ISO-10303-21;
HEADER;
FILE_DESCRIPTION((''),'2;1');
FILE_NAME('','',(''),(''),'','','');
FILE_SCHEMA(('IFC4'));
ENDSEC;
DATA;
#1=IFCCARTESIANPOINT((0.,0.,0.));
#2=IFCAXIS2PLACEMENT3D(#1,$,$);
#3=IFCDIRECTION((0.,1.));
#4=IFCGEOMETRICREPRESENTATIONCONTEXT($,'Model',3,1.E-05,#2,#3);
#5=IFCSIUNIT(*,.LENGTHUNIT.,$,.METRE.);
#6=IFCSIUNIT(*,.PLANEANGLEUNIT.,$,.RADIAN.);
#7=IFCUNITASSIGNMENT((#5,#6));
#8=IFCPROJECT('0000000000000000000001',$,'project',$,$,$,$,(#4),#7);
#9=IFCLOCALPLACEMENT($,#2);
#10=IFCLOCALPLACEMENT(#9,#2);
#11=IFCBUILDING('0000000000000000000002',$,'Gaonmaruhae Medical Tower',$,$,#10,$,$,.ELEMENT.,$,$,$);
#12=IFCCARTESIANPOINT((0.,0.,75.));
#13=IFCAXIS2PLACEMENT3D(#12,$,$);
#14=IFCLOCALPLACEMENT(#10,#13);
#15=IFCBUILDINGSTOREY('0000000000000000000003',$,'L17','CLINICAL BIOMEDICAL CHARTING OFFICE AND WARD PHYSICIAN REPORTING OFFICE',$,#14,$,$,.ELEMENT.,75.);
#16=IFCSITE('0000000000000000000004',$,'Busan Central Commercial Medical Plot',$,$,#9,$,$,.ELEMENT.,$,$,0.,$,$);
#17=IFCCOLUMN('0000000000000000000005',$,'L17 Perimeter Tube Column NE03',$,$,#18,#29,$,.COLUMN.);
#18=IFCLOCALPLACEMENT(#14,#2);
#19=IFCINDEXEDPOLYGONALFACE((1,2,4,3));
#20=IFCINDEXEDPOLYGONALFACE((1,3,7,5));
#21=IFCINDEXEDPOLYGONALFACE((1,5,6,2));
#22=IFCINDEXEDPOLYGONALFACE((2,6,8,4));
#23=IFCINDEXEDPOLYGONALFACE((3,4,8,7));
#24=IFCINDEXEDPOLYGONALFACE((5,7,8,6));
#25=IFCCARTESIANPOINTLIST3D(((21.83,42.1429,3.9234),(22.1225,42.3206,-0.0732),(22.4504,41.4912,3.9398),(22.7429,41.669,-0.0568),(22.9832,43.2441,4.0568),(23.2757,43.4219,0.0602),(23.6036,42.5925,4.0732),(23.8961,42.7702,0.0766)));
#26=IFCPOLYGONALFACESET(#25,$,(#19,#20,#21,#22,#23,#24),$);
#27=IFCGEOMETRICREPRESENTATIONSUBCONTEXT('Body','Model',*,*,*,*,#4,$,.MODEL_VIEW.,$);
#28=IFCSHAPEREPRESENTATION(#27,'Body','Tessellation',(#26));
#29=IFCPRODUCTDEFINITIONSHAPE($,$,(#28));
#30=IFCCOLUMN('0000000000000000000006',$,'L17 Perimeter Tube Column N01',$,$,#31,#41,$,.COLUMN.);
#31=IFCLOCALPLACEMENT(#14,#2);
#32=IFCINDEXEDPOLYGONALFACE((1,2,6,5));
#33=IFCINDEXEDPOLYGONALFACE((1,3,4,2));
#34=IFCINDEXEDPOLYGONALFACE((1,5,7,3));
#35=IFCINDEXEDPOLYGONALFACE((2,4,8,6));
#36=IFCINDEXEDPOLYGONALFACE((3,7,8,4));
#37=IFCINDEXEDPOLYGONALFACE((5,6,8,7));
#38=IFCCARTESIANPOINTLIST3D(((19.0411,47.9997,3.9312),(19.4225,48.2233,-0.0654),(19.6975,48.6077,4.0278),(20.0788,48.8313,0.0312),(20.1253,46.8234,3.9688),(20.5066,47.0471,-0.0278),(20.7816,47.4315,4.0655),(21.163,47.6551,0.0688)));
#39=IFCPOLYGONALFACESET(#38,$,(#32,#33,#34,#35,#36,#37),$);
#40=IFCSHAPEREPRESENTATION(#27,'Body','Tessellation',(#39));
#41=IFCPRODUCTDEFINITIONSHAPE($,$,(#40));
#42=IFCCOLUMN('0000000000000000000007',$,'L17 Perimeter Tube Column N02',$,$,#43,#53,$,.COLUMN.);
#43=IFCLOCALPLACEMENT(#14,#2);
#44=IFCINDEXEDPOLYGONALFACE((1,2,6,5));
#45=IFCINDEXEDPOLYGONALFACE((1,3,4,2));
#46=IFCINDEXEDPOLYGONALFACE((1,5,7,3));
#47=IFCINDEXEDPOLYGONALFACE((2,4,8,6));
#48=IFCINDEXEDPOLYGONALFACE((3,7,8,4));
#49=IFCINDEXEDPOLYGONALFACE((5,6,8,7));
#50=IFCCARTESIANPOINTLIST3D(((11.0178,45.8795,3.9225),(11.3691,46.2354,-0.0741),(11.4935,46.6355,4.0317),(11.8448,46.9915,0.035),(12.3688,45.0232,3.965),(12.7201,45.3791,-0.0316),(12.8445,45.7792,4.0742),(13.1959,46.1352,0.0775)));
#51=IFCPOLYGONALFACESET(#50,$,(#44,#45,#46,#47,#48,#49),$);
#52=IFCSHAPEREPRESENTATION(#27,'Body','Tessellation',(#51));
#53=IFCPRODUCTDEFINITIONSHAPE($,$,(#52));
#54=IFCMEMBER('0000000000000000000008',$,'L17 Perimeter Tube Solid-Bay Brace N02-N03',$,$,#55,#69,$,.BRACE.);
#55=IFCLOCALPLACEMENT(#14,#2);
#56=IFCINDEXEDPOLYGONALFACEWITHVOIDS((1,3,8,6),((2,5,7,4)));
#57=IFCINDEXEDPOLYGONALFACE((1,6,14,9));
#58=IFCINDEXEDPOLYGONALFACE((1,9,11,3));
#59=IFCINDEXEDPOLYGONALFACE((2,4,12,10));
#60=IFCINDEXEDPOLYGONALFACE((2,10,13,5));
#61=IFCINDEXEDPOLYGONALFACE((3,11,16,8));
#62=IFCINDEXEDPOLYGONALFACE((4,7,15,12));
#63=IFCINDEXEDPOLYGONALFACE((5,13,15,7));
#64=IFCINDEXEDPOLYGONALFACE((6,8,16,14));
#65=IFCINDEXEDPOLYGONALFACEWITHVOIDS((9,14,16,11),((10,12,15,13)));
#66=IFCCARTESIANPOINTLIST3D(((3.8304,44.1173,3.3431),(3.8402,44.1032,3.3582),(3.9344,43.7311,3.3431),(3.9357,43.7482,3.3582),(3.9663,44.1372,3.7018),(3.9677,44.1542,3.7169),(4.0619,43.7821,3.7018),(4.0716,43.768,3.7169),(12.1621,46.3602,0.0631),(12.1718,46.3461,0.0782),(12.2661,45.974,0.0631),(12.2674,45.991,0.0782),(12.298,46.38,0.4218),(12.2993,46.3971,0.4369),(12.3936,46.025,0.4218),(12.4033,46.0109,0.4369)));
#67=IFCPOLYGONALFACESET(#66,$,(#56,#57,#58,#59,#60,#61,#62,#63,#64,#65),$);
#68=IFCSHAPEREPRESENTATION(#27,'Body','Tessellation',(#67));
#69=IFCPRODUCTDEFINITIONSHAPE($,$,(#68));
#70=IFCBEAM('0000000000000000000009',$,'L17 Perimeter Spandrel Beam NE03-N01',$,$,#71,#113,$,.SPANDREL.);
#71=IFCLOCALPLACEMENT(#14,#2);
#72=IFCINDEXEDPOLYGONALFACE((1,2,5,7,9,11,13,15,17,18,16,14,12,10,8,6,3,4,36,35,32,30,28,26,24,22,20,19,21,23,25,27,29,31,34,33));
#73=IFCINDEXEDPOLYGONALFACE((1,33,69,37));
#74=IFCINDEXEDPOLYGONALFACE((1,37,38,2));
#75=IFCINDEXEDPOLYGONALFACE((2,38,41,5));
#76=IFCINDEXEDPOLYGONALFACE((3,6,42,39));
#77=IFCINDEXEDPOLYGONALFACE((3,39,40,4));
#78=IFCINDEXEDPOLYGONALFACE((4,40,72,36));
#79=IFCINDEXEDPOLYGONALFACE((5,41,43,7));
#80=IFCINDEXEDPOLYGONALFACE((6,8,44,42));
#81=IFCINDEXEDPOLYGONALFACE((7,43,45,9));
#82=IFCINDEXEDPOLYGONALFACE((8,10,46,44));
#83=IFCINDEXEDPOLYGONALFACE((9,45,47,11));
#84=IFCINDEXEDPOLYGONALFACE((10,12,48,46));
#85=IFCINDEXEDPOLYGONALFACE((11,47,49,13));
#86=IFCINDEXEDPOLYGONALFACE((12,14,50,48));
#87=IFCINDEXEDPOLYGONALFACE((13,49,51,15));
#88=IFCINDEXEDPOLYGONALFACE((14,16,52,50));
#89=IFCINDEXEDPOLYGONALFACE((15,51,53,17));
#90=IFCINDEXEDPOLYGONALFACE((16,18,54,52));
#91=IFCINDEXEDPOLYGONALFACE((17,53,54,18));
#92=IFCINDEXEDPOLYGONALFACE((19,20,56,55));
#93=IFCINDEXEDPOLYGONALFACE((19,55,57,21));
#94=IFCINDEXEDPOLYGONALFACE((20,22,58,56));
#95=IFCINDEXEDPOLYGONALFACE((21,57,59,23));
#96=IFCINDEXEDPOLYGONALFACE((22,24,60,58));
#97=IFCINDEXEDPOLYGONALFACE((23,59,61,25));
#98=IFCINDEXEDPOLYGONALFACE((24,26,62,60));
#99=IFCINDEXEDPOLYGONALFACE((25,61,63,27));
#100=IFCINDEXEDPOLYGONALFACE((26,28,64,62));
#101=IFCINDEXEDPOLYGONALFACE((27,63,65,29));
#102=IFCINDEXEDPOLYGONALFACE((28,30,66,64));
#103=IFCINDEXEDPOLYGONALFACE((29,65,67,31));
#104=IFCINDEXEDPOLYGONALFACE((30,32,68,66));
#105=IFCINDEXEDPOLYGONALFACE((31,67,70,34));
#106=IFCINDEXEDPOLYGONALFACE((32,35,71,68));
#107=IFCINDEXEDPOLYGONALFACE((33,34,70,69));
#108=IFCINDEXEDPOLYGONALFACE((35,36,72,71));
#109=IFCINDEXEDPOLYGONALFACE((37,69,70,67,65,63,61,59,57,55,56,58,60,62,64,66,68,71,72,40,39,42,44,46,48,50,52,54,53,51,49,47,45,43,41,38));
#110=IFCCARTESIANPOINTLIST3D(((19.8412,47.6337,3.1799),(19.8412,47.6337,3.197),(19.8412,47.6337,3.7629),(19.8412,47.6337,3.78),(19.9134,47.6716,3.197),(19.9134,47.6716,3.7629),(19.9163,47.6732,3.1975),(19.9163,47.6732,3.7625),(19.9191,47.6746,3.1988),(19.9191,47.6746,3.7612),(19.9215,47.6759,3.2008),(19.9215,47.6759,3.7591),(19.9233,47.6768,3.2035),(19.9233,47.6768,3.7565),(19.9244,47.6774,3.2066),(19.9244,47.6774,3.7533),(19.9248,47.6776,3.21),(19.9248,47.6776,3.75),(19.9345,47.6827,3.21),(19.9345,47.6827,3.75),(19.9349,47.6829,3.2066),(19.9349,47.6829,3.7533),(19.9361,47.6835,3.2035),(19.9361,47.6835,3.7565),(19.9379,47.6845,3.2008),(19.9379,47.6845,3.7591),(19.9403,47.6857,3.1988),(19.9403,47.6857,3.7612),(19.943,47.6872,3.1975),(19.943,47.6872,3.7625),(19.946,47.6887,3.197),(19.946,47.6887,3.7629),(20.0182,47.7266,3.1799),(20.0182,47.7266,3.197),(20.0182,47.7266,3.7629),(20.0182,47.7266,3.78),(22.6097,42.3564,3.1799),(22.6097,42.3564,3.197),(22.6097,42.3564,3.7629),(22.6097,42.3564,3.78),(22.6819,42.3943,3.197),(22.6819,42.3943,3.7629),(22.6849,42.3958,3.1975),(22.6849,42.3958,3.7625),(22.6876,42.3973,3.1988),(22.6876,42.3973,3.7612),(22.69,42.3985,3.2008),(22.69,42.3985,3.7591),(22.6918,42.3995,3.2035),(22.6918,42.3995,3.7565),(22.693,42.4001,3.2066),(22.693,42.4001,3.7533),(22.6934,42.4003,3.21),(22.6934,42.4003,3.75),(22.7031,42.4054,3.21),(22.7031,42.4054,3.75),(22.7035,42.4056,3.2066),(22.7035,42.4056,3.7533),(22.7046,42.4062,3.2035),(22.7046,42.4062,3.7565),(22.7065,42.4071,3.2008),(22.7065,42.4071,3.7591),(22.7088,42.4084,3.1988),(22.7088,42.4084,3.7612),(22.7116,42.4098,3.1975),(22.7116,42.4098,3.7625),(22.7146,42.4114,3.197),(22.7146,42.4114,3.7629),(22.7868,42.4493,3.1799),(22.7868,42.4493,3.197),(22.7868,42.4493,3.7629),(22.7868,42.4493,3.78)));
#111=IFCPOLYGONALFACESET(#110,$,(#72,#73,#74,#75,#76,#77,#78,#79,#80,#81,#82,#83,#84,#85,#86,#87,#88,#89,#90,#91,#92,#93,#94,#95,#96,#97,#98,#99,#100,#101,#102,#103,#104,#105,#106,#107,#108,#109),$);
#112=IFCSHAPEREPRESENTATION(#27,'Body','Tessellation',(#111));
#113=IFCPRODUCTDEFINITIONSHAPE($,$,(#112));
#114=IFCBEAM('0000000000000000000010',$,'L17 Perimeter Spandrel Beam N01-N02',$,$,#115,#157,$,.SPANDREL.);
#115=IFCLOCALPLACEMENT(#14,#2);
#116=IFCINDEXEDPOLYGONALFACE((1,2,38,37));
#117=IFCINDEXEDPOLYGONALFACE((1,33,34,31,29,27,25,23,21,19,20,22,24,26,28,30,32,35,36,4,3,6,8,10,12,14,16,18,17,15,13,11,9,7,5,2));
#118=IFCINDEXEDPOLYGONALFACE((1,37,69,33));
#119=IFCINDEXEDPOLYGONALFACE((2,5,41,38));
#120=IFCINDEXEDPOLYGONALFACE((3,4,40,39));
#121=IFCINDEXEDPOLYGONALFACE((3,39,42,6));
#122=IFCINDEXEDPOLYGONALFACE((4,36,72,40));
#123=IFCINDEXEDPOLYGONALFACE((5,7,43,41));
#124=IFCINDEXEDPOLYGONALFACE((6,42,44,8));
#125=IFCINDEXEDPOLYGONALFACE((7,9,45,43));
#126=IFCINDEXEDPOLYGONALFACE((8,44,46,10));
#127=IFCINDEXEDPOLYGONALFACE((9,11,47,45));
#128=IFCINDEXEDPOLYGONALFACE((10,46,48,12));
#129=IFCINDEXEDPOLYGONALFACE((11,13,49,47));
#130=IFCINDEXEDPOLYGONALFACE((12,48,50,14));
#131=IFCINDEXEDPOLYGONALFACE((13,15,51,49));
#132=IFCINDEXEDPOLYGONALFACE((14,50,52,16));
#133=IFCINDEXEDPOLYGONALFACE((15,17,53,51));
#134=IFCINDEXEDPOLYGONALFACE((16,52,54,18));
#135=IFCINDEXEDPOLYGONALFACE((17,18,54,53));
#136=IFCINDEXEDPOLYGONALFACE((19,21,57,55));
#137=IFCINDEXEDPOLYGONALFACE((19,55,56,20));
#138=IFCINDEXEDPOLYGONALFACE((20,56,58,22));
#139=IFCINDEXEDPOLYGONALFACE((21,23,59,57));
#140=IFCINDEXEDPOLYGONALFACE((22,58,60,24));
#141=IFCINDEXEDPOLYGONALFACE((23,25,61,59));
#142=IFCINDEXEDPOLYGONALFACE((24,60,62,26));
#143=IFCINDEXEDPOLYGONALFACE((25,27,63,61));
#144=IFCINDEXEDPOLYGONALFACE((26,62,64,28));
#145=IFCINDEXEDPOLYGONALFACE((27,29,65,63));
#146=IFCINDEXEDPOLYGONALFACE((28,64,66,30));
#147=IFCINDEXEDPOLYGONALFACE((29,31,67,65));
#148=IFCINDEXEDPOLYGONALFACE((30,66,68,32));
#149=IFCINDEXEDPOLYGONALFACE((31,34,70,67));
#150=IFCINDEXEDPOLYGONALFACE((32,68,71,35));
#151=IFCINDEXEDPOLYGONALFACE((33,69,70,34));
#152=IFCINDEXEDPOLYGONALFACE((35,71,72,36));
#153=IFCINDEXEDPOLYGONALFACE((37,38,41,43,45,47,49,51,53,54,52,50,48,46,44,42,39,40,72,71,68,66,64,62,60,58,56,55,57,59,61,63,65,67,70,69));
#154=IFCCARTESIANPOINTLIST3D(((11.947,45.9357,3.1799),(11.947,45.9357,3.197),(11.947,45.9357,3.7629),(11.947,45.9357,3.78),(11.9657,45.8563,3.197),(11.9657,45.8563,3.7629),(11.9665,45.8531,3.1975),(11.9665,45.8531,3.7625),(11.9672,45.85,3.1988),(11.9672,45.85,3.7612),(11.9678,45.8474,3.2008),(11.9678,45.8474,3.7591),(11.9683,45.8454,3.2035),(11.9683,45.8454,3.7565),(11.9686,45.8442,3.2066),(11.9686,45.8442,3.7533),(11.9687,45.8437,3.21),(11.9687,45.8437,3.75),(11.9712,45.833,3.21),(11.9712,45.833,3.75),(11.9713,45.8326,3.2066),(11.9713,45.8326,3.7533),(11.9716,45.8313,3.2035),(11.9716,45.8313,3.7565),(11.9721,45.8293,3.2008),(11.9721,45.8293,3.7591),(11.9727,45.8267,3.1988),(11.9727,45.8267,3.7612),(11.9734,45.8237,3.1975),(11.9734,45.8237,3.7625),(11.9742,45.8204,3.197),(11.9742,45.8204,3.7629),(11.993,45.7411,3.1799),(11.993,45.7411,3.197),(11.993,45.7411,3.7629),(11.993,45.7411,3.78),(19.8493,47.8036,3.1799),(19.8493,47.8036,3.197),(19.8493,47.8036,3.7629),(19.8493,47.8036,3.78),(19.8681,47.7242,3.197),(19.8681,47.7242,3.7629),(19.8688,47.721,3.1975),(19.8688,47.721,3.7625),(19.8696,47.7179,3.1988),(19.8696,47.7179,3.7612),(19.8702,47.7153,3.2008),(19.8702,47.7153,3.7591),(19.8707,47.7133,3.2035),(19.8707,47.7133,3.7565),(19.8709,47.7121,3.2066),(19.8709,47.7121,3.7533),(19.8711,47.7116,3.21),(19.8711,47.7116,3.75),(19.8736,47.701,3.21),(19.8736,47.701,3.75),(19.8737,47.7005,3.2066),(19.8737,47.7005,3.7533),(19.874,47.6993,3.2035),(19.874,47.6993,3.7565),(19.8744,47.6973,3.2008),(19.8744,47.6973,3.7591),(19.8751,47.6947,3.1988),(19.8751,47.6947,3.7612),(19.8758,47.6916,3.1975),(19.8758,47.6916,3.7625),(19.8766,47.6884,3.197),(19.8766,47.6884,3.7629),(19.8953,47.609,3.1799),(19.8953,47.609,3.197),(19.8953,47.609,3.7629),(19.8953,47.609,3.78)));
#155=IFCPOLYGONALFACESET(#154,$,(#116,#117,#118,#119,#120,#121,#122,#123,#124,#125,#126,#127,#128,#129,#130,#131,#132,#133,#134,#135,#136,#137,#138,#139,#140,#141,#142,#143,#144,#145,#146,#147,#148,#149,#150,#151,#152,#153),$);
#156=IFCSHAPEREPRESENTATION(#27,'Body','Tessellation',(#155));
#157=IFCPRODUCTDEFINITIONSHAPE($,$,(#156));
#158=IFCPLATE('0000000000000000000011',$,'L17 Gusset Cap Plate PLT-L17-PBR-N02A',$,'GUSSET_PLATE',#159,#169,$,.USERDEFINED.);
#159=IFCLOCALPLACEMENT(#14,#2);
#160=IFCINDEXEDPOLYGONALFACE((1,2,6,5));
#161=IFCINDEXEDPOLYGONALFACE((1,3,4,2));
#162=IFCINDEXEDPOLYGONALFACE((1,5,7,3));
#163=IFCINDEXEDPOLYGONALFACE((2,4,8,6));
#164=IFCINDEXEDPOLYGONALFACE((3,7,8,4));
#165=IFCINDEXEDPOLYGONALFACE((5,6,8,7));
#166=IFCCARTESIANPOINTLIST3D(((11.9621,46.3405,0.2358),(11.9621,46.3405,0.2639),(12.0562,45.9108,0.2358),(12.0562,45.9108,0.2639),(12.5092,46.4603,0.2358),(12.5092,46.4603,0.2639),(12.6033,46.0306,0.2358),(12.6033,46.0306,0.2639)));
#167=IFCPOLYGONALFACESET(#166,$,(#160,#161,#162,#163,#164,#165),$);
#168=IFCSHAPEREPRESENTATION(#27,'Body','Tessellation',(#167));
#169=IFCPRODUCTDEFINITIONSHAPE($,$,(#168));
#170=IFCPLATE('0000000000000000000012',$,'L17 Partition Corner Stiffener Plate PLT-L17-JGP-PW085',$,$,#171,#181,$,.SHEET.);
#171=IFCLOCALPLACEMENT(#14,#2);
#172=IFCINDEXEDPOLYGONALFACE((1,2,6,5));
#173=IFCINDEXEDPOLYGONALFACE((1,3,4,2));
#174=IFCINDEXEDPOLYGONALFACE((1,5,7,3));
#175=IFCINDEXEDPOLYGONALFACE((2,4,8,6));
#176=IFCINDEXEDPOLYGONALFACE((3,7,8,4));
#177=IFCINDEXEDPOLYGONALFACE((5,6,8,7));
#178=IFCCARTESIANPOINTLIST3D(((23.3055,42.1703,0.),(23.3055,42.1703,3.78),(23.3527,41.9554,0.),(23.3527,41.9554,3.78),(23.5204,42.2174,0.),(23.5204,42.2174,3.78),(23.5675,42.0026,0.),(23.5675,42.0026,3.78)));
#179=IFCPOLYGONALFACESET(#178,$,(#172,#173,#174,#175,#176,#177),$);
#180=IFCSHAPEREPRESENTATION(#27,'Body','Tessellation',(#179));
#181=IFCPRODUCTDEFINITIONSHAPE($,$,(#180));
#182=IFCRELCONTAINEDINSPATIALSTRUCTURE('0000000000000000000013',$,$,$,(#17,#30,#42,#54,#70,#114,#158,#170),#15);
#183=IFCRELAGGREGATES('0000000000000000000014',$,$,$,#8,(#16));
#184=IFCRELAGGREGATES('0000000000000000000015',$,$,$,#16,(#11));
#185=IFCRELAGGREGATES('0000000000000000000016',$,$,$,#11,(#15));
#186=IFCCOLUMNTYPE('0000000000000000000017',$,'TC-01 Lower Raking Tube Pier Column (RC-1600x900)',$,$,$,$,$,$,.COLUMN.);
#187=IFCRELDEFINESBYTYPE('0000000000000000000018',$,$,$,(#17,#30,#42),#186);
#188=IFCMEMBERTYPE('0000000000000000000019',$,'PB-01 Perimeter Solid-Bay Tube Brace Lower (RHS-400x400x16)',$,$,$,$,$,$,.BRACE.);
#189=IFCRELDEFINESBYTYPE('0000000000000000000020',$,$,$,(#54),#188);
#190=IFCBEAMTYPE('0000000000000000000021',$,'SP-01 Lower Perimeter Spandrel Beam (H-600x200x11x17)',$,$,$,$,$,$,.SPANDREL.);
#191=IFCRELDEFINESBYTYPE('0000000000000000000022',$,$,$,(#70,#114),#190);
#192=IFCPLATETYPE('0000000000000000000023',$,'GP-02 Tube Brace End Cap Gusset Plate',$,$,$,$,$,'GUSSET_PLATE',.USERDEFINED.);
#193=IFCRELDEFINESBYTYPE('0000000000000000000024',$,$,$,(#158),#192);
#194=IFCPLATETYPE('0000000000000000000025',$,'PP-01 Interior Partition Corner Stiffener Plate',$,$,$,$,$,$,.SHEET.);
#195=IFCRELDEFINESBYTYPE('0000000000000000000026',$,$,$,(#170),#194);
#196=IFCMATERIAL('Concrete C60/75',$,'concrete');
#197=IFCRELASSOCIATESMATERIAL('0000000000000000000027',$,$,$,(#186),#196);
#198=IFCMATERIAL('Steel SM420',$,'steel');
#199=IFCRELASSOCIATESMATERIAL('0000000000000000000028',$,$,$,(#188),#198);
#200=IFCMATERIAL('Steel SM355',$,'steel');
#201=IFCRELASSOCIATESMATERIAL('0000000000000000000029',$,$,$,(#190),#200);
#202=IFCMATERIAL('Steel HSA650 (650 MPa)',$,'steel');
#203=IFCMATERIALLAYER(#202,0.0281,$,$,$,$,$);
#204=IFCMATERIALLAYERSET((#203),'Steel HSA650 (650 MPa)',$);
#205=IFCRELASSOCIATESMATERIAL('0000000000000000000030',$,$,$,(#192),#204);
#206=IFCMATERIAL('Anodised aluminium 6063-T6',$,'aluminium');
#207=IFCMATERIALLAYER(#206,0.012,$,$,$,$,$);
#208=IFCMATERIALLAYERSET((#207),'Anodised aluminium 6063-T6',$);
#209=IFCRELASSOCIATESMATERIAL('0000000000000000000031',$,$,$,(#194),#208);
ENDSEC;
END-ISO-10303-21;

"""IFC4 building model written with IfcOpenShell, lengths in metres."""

from ifc_helpers import new_model, si_unit, direction, frame, origin, origin_2d, place, context, subcontext, project, spatial, rectangle, hollow_rectangle, i_section, extrude, material, layer, layer_set, material_profile, profile_set, type_object, element, save


model = new_model("IFC4")

# Units and contexts
model_context = context("Model", 3, precision=1e-05, world=origin(), true_north=direction((0.0, 1.0)))
body_context = subcontext(model_context, "Body", "Model", "MODEL_VIEW")
ifc_project = project(units=[si_unit("LENGTHUNIT", "METRE"), si_unit("PLANEANGLEUNIT", "RADIAN")], contexts=[model_context])

# Site, building, storey
site_placement = place(None, origin())
site = spatial("IfcSite", under=ifc_project, at=site_placement, Name="Busan Central Commercial Medical Plot", CompositionType="ELEMENT", RefElevation=0.0)
building_placement = place(site_placement, origin())
building = spatial("IfcBuilding", under=site, at=building_placement, Name="Gaonmaruhae Medical Tower", CompositionType="ELEMENT")
storey_placement = place(building_placement, frame((0.0, 0.0, 75.0)))
storey = spatial("IfcBuildingStorey", under=building, at=storey_placement, Name="L17", Description="CLINICAL BIOMEDICAL CHARTING OFFICE AND WARD PHYSICIAN REPORTING OFFICE", CompositionType="ELEMENT", Elevation=75.0)

# Columns
ifc_material_1 = material(Name="Concrete C60/75", Category="concrete")
ifc_material_profile_1 = material_profile(ifc_material_1, rectangle(XDim=1.6001, YDim=0.8999, at=origin_2d()), Name="RC-1600x900")
ifc_profile_set_1 = profile_set([ifc_material_profile_1], Name="Concrete C60/75")
column_type = type_object("IfcColumnType", Name="TC-01 Lower Raking Tube Pier Column (RC-1600x900)", PredefinedType="COLUMN", material=ifc_profile_set_1)
column_1_placement = place(storey_placement, frame((23.0093, 42.5454, 0.0017), z_axis=(-0.072916, -0.044309, 0.996353), x_axis=(0.720692, 0.688227, 0.083349)))
element("IfcColumn", 1, at=column_1_placement, inside=storey, type_object=column_type, Name="L17 Perimeter Tube Column NE03", PredefinedType="COLUMN", context=body_context, shape_type="SweptSolid", body=[
    extrude(rectangle(XDim=1.6001, YDim=0.8999, at=origin_2d()), origin(), (0.0, 0.0, 1.0), 4.0112),
])
column_2_placement = place(storey_placement, frame((20.2927, 47.9392, 0.0017), z_axis=(-0.09484, -0.055617, 0.993938), x_axis=(0.677535, -0.735114, 0.023515)))
element("IfcColumn", 2, at=column_2_placement, inside=storey, type_object=column_type, Name="L17 Perimeter Tube Column N01", PredefinedType="COLUMN", context=body_context, shape_type="SweptSolid", body=[
    extrude(rectangle(XDim=1.6001, YDim=0.8999, at=origin_2d()), origin(), (0.0, 0.0, 1.0), 4.021),
])
column_3_placement = place(storey_placement, frame((12.2825, 46.1853, 0.0017), z_axis=(-0.087224, -0.088376, 0.992261), x_axis=(0.844339, -0.53515, 0.026558)))
element("IfcColumn", 3, at=column_3_placement, inside=storey, type_object=column_type, Name="L17 Perimeter Tube Column N02", PredefinedType="COLUMN", context=body_context, shape_type="SweptSolid", body=[
    extrude(rectangle(XDim=1.6001, YDim=0.8999, at=origin_2d()), origin(), (0.0, 0.0, 1.0), 4.0278),
])

# Member
ifc_material_2 = material(Name="Steel SM420", Category="steel")
ifc_material_profile_2 = material_profile(ifc_material_2, hollow_rectangle(XDim=0.3999, YDim=0.3999, WallThickness=0.0161, at=origin_2d()), Name="RHS-400x400x16")
ifc_profile_set_2 = profile_set([ifc_material_profile_2], Name="Steel SM420")
member_type = type_object("IfcMemberType", Name="PB-01 Perimeter Solid-Bay Tube Brace Lower (RHS-400x400x16)", PredefinedType="BRACE", material=ifc_profile_set_2)
member_placement = place(storey_placement, frame((12.2827, 46.1855, 0.25), z_axis=(-0.902606, -0.242982, 0.355335), x_axis=(0.259946, -0.965623, 0.0)))
element("IfcMember", 4, at=member_placement, inside=storey, type_object=member_type, Name="L17 Perimeter Tube Solid-Bay Brace N02-N03", PredefinedType="BRACE", context=body_context, shape_type="SweptSolid", body=[
    extrude(hollow_rectangle(XDim=0.3999, YDim=0.3999, WallThickness=0.0161, at=origin_2d()), origin(), (0.0, 0.0, 1.0), 9.2307),
])

# Beams
ifc_material_3 = material(Name="Steel SM355", Category="steel")
ifc_material_profile_3 = material_profile(ifc_material_3, i_section(OverallWidth=0.2, OverallDepth=0.6001, WebThickness=0.011, FlangeThickness=0.0171, FilletRadius=0.0129, at=origin_2d()), Name="H-600x200x11x17")
ifc_profile_set_3 = profile_set([ifc_material_profile_3], Name="Steel SM355")
beam_type = type_object("IfcBeamType", Name="SP-01 Lower Perimeter Spandrel Beam (H-600x200x11x17)", PredefinedType="SPANDREL", material=ifc_profile_set_3)
beam_1_placement = place(storey_placement, frame((22.6982, 42.4028, 3.48), z_axis=(-0.464564, 0.885539, 0.0), x_axis=(-0.885539, -0.464564, 0.0)))
element("IfcBeam", 5, at=beam_1_placement, inside=storey, type_object=beam_type, Name="L17 Perimeter Spandrel Beam NE03-N01", PredefinedType="SPANDREL", context=body_context, shape_type="SweptSolid", body=[
    extrude(i_section(OverallWidth=0.2, OverallDepth=0.6001, WebThickness=0.011, FlangeThickness=0.0171, FilletRadius=0.0129, at=origin_2d()), origin(), (0.0, 0.0, 1.0), 5.9595),
])
beam_2_placement = place(storey_placement, frame((19.8723, 47.7063, 3.48), z_axis=(-0.973182, -0.230036, 0.0), x_axis=(0.230036, -0.973182, 0.0)))
element("IfcBeam", 6, at=beam_2_placement, inside=storey, type_object=beam_type, Name="L17 Perimeter Spandrel Beam N01-N02", PredefinedType="SPANDREL", context=body_context, shape_type="SweptSolid", body=[
    extrude(i_section(OverallWidth=0.2, OverallDepth=0.6001, WebThickness=0.011, FlangeThickness=0.0171, FilletRadius=0.0129, at=origin_2d()), origin(), (0.0, 0.0, 1.0), 8.1201),
])

# Plates
ifc_material_4 = material(Name="Steel HSA650 (650 MPa)", Category="steel")
ifc_layer_1 = layer(ifc_material_4, 0.0281)
ifc_layer_set_1 = layer_set([ifc_layer_1], Name="Steel HSA650 (650 MPa)")
plate_type_1 = type_object("IfcPlateType", Name="GP-02 Tube Brace End Cap Gusset Plate", ElementType="GUSSET_PLATE", PredefinedType="USERDEFINED", material=ifc_layer_set_1)
plate_placement = place(storey_placement, frame((12.2827, 46.1855, 0.2358), z_axis=(0.0, 0.0, 1.0), x_axis=(0.976859, 0.213883, 0.0)))
element("IfcPlate", 7, at=plate_placement, inside=storey, type_object=plate_type_1, Name="L17 Gusset Cap Plate PLT-L17-PBR-N02A", ObjectType="GUSSET_PLATE", PredefinedType="USERDEFINED", context=body_context, shape_type="SweptSolid", body=[
    extrude(rectangle(XDim=0.5601, YDim=0.4399, at=origin_2d()), origin(), (0.0, 0.0, 1.0), 0.0281),
])
ifc_material_5 = material(Name="Anodised aluminium 6063-T6", Category="aluminium")
ifc_layer_2 = layer(ifc_material_5, 0.012)
ifc_layer_set_2 = layer_set([ifc_layer_2], Name="Anodised aluminium 6063-T6")
plate_type_2 = type_object("IfcPlateType", Name="PP-01 Interior Partition Corner Stiffener Plate", PredefinedType="SHEET", material=ifc_layer_set_2)
for number, where, z_axis, x_axis, name in (
    (8, (23.4365, 42.0864, 0.0), (0.0, 0.0, 1.0), (0.976743, 0.214411, 0.0), "L17 Partition Corner Stiffener Plate PLT-L17-JGP-PW085"),
):
    element("IfcPlate", number, at=place(storey_placement, frame(where, z_axis=z_axis, x_axis=x_axis)), inside=storey, type_object=plate_type_2, Name=name, PredefinedType="SHEET", context=body_context, shape_type="SweptSolid", body=[
        extrude(rectangle(XDim=0.22, YDim=0.22, at=origin_2d()), origin(), (0.0, 0.0, 1.0), 3.78),
    ])

save(model, "model.ifc")
